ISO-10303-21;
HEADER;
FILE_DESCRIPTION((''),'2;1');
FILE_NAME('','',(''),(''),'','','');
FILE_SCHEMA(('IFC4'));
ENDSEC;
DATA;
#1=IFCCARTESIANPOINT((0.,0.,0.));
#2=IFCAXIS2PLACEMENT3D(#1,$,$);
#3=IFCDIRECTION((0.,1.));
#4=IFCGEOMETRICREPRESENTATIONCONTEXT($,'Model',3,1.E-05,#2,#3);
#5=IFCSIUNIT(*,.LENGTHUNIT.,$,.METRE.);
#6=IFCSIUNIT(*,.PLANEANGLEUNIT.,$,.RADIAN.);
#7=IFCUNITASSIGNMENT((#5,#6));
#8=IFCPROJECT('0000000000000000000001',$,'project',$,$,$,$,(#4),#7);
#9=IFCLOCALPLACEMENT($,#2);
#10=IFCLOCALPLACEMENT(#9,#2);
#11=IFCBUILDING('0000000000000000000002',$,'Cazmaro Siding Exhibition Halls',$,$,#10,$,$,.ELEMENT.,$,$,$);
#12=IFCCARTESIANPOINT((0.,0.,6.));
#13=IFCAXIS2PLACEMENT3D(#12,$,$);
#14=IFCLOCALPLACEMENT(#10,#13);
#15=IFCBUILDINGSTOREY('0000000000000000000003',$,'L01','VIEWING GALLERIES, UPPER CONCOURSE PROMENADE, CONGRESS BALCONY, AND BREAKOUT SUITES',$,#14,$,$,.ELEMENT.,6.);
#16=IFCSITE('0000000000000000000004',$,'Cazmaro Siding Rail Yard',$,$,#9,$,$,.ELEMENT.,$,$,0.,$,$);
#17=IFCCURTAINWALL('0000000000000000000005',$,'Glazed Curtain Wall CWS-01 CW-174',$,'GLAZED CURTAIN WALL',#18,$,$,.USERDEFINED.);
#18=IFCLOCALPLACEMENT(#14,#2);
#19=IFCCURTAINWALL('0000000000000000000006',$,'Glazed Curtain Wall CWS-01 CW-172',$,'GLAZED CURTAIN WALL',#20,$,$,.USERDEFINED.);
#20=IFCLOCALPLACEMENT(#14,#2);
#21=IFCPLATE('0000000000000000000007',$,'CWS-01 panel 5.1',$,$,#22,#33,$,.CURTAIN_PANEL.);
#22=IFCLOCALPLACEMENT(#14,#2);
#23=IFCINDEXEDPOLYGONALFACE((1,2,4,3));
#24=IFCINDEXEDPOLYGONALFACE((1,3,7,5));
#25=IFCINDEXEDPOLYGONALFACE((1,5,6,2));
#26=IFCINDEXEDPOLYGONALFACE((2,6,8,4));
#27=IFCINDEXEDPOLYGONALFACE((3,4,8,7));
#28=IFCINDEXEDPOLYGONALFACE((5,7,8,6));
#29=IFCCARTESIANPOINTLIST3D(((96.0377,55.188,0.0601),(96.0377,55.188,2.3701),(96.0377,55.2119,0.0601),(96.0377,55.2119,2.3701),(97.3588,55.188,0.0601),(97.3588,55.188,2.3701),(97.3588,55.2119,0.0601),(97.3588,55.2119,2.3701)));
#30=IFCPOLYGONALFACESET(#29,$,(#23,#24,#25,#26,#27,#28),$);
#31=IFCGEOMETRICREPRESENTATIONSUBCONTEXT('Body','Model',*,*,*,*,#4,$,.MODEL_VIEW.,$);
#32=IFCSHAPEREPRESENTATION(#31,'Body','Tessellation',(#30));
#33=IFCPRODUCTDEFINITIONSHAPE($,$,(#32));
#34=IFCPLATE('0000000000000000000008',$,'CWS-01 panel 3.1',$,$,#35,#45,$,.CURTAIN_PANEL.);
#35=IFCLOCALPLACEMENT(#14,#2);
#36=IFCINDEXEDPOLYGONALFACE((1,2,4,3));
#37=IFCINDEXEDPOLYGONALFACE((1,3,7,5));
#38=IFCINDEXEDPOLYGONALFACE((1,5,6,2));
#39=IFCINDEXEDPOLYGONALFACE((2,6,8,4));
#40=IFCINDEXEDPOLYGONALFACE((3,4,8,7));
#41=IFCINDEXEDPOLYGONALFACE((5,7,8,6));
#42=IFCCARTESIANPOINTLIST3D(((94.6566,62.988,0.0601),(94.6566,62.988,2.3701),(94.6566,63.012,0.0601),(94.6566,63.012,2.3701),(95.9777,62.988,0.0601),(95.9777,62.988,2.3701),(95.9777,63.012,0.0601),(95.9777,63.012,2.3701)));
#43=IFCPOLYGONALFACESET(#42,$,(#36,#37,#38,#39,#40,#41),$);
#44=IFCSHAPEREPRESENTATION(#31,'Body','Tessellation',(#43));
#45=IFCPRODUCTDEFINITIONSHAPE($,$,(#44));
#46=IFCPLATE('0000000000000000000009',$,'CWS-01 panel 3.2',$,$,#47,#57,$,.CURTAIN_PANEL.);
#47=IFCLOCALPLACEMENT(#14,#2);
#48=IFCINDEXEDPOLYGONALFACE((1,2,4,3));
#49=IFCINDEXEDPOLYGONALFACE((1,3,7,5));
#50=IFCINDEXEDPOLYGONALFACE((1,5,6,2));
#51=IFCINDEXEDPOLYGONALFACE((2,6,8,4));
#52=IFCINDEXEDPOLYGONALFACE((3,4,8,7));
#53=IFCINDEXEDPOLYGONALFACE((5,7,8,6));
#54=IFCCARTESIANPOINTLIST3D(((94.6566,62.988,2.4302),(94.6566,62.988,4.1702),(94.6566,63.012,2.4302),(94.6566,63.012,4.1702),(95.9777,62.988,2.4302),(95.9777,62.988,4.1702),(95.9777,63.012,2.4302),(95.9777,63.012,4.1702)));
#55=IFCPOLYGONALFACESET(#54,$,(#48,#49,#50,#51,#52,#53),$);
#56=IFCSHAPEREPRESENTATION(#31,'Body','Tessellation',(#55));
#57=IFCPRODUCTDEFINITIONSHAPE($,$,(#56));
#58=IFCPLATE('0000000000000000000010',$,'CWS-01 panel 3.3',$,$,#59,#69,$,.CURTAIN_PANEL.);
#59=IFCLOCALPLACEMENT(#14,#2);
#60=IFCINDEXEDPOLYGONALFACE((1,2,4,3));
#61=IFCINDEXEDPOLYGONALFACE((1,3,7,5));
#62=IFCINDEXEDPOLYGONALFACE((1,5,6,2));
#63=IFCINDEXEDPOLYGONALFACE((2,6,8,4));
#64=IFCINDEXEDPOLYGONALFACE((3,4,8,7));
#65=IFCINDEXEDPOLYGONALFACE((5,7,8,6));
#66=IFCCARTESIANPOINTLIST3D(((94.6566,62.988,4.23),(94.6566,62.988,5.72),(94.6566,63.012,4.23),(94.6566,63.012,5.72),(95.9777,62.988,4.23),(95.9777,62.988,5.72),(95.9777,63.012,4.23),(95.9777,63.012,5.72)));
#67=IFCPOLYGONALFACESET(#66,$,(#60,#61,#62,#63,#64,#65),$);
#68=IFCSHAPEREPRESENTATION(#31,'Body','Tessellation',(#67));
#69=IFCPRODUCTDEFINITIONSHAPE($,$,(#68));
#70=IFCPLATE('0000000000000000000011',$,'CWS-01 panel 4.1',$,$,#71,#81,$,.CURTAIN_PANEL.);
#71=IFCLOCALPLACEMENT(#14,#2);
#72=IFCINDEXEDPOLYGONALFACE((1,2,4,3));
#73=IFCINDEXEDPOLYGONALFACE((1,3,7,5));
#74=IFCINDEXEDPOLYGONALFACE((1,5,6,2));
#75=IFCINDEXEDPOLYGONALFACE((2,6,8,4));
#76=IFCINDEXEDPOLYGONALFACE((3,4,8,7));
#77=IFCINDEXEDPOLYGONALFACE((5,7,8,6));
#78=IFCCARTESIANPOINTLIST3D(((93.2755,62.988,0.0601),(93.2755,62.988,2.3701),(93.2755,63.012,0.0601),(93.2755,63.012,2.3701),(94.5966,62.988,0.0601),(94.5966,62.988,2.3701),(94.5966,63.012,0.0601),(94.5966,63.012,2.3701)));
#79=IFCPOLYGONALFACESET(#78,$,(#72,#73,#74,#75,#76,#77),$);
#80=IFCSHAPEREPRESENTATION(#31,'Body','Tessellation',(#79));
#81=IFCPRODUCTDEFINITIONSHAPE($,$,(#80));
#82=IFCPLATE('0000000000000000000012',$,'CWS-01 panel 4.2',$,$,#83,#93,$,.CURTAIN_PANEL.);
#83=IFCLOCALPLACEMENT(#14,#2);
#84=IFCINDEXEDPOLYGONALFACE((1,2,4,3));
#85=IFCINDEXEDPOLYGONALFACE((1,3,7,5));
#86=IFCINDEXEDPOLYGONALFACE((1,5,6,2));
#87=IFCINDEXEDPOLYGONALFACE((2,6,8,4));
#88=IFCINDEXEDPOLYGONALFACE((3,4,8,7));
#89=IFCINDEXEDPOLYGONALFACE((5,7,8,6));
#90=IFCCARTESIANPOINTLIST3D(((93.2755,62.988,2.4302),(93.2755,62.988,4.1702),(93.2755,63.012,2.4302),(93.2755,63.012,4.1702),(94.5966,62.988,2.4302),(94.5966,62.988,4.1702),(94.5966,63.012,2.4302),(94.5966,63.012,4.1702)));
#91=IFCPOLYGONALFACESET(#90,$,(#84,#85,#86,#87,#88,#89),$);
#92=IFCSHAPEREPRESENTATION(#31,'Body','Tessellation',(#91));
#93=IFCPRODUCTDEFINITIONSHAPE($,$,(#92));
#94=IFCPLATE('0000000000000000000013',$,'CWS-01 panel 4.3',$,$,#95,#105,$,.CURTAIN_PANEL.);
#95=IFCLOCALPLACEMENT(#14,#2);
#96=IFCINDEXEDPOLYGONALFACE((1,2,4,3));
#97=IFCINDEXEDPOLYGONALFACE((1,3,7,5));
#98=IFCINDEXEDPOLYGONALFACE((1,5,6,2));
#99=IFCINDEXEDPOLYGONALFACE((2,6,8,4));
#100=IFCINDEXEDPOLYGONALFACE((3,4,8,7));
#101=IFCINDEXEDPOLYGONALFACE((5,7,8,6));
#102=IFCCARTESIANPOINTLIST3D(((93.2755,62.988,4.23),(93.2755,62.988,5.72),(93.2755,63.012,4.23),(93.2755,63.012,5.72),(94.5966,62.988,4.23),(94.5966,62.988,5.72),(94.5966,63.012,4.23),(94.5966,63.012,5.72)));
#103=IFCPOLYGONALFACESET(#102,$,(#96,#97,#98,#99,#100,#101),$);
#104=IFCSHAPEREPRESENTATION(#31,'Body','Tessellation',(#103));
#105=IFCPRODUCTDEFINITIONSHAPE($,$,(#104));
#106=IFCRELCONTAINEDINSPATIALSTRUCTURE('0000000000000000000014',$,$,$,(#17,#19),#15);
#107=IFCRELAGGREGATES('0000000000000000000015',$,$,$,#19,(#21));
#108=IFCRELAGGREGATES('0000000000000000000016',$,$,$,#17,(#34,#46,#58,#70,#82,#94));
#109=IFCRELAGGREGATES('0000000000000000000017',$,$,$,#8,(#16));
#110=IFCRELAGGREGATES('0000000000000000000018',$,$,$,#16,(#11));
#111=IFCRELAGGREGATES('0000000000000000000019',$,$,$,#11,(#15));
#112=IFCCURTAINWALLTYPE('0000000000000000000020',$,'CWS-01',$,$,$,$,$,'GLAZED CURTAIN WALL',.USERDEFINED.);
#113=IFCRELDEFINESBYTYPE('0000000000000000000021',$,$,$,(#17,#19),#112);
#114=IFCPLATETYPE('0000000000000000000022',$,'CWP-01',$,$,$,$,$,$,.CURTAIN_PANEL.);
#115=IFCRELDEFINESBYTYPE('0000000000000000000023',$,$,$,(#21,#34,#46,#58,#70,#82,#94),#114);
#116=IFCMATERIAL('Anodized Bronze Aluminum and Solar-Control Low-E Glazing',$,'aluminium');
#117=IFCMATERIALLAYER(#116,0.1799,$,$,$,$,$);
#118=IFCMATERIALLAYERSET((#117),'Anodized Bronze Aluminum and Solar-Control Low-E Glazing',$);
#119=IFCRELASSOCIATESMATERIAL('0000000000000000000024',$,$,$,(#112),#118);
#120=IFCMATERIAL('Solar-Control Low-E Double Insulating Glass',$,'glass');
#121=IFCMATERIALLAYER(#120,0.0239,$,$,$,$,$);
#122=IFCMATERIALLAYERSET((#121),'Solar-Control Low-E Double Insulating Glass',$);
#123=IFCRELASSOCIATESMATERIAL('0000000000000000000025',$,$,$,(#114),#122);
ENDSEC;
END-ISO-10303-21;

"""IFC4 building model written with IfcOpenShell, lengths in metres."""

from ifc_helpers import new_model, si_unit, direction, frame, origin, origin_2d, place, context, subcontext, project, spatial, rectangle, extrude, material, layer, layer_set, type_object, element, aggregate, save


model = new_model("IFC4")

# Units and contexts
model_context = context("Model", 3, precision=1e-05, world=origin(), true_north=direction((0.0, 1.0)))
body_context = subcontext(model_context, "Body", "Model", "MODEL_VIEW")
ifc_project = project(units=[si_unit("LENGTHUNIT", "METRE"), si_unit("PLANEANGLEUNIT", "RADIAN")], contexts=[model_context])

# Site, building, storey
site_placement = place(None, origin())
site = spatial("IfcSite", under=ifc_project, at=site_placement, Name="Cazmaro Siding Rail Yard", CompositionType="ELEMENT", RefElevation=0.0)
building_placement = place(site_placement, origin())
building = spatial("IfcBuilding", under=site, at=building_placement, Name="Cazmaro Siding Exhibition Halls", CompositionType="ELEMENT")
storey_placement = place(building_placement, frame((0.0, 0.0, 6.0)))
storey = spatial("IfcBuildingStorey", under=building, at=storey_placement, Name="L01", Description="VIEWING GALLERIES, UPPER CONCOURSE PROMENADE, CONGRESS BALCONY, AND BREAKOUT SUITES", CompositionType="ELEMENT", Elevation=6.0)

# Curtain wall
ifc_material_1 = material(Name="Anodized Bronze Aluminum and Solar-Control Low-E Glazing", Category="aluminium")
ifc_layer_1 = layer(ifc_material_1, 0.1799)
ifc_layer_set_1 = layer_set([ifc_layer_1], Name="Anodized Bronze Aluminum and Solar-Control Low-E Glazing")
curtain_wall_type = type_object("IfcCurtainWallType", Name="CWS-01", ElementType="GLAZED CURTAIN WALL", PredefinedType="USERDEFINED", material=ifc_layer_set_1)
curtain_wall_1_placement = place(storey_placement, origin())
curtain_wall_1 = element("IfcCurtainWall", 1, at=curtain_wall_1_placement, inside=storey, type_object=curtain_wall_type, Name="Glazed Curtain Wall CWS-01 CW-174", ObjectType="GLAZED CURTAIN WALL", PredefinedType="USERDEFINED")

# Curtain wall, plate
curtain_wall_2_placement = place(storey_placement, origin())
curtain_wall_2 = element("IfcCurtainWall", 2, at=curtain_wall_2_placement, inside=storey, type_object=curtain_wall_type, Name="Glazed Curtain Wall CWS-01 CW-172", ObjectType="GLAZED CURTAIN WALL", PredefinedType="USERDEFINED")
ifc_material_2 = material(Name="Solar-Control Low-E Double Insulating Glass", Category="glass")
ifc_layer_2 = layer(ifc_material_2, 0.0239)
ifc_layer_set_2 = layer_set([ifc_layer_2], Name="Solar-Control Low-E Double Insulating Glass")
plate_type = type_object("IfcPlateType", Name="CWP-01", PredefinedType="CURTAIN_PANEL", material=ifc_layer_set_2)
plate_1_placement = place(storey_placement, frame((96.6982, 55.2, 0.0601), z_axis=(0.0, 0.0, 1.0), x_axis=(1.0, 0.0, 0.0)))
plate_1 = element("IfcPlate", 3, at=plate_1_placement, type_object=plate_type, Name="CWS-01 panel 5.1", PredefinedType="CURTAIN_PANEL", context=body_context, shape_type="SweptSolid", body=[
    extrude(rectangle(XDim=1.321, YDim=0.0239, at=origin_2d()), origin(), (0.0, 0.0, 1.0), 2.3101),
])
aggregate(curtain_wall_2, [plate_1])

# Plates
plate_2_placement = place(storey_placement, frame((95.3171, 63.0, 0.0601), z_axis=(0.0, 0.0, 1.0), x_axis=(-1.0, 0.0, 0.0)))
plate_2 = element("IfcPlate", 4, at=plate_2_placement, type_object=plate_type, Name="CWS-01 panel 3.1", PredefinedType="CURTAIN_PANEL", context=body_context, shape_type="SweptSolid", body=[
    extrude(rectangle(XDim=1.321, YDim=0.0239, at=origin_2d()), origin(), (0.0, 0.0, 1.0), 2.3101),
])
plate_3_placement = place(storey_placement, frame((95.3171, 63.0, 2.4302), z_axis=(0.0, 0.0, 1.0), x_axis=(-1.0, 0.0, 0.0)))
plate_3 = element("IfcPlate", 5, at=plate_3_placement, type_object=plate_type, Name="CWS-01 panel 3.2", PredefinedType="CURTAIN_PANEL", context=body_context, shape_type="SweptSolid", body=[
    extrude(rectangle(XDim=1.321, YDim=0.0239, at=origin_2d()), origin(), (0.0, 0.0, 1.0), 1.74),
])
plate_4_placement = place(storey_placement, frame((95.3171, 63.0, 4.23), z_axis=(0.0, 0.0, 1.0), x_axis=(-1.0, 0.0, 0.0)))
plate_4 = element("IfcPlate", 6, at=plate_4_placement, type_object=plate_type, Name="CWS-01 panel 3.3", PredefinedType="CURTAIN_PANEL", context=body_context, shape_type="SweptSolid", body=[
    extrude(rectangle(XDim=1.321, YDim=0.0239, at=origin_2d()), origin(), (0.0, 0.0, 1.0), 1.49),
])
plate_5_placement = place(storey_placement, frame((93.936, 63.0, 0.0601), z_axis=(0.0, 0.0, 1.0), x_axis=(-1.0, 0.0, 0.0)))
plate_5 = element("IfcPlate", 7, at=plate_5_placement, type_object=plate_type, Name="CWS-01 panel 4.1", PredefinedType="CURTAIN_PANEL", context=body_context, shape_type="SweptSolid", body=[
    extrude(rectangle(XDim=1.321, YDim=0.0239, at=origin_2d()), origin(), (0.0, 0.0, 1.0), 2.3101),
])
plate_6_placement = place(storey_placement, frame((93.936, 63.0, 2.4302), z_axis=(0.0, 0.0, 1.0), x_axis=(-1.0, 0.0, 0.0)))
plate_6 = element("IfcPlate", 8, at=plate_6_placement, type_object=plate_type, Name="CWS-01 panel 4.2", PredefinedType="CURTAIN_PANEL", context=body_context, shape_type="SweptSolid", body=[
    extrude(rectangle(XDim=1.321, YDim=0.0239, at=origin_2d()), origin(), (0.0, 0.0, 1.0), 1.74),
])
plate_7_placement = place(storey_placement, frame((93.936, 63.0, 4.23), z_axis=(0.0, 0.0, 1.0), x_axis=(-1.0, 0.0, 0.0)))
plate_7 = element("IfcPlate", 9, at=plate_7_placement, type_object=plate_type, Name="CWS-01 panel 4.3", PredefinedType="CURTAIN_PANEL", context=body_context, shape_type="SweptSolid", body=[
    extrude(rectangle(XDim=1.321, YDim=0.0239, at=origin_2d()), origin(), (0.0, 0.0, 1.0), 1.49),
])
aggregate(curtain_wall_1, [plate_2, plate_3, plate_4, plate_5, plate_6, plate_7])

save(model, "model.ifc")
